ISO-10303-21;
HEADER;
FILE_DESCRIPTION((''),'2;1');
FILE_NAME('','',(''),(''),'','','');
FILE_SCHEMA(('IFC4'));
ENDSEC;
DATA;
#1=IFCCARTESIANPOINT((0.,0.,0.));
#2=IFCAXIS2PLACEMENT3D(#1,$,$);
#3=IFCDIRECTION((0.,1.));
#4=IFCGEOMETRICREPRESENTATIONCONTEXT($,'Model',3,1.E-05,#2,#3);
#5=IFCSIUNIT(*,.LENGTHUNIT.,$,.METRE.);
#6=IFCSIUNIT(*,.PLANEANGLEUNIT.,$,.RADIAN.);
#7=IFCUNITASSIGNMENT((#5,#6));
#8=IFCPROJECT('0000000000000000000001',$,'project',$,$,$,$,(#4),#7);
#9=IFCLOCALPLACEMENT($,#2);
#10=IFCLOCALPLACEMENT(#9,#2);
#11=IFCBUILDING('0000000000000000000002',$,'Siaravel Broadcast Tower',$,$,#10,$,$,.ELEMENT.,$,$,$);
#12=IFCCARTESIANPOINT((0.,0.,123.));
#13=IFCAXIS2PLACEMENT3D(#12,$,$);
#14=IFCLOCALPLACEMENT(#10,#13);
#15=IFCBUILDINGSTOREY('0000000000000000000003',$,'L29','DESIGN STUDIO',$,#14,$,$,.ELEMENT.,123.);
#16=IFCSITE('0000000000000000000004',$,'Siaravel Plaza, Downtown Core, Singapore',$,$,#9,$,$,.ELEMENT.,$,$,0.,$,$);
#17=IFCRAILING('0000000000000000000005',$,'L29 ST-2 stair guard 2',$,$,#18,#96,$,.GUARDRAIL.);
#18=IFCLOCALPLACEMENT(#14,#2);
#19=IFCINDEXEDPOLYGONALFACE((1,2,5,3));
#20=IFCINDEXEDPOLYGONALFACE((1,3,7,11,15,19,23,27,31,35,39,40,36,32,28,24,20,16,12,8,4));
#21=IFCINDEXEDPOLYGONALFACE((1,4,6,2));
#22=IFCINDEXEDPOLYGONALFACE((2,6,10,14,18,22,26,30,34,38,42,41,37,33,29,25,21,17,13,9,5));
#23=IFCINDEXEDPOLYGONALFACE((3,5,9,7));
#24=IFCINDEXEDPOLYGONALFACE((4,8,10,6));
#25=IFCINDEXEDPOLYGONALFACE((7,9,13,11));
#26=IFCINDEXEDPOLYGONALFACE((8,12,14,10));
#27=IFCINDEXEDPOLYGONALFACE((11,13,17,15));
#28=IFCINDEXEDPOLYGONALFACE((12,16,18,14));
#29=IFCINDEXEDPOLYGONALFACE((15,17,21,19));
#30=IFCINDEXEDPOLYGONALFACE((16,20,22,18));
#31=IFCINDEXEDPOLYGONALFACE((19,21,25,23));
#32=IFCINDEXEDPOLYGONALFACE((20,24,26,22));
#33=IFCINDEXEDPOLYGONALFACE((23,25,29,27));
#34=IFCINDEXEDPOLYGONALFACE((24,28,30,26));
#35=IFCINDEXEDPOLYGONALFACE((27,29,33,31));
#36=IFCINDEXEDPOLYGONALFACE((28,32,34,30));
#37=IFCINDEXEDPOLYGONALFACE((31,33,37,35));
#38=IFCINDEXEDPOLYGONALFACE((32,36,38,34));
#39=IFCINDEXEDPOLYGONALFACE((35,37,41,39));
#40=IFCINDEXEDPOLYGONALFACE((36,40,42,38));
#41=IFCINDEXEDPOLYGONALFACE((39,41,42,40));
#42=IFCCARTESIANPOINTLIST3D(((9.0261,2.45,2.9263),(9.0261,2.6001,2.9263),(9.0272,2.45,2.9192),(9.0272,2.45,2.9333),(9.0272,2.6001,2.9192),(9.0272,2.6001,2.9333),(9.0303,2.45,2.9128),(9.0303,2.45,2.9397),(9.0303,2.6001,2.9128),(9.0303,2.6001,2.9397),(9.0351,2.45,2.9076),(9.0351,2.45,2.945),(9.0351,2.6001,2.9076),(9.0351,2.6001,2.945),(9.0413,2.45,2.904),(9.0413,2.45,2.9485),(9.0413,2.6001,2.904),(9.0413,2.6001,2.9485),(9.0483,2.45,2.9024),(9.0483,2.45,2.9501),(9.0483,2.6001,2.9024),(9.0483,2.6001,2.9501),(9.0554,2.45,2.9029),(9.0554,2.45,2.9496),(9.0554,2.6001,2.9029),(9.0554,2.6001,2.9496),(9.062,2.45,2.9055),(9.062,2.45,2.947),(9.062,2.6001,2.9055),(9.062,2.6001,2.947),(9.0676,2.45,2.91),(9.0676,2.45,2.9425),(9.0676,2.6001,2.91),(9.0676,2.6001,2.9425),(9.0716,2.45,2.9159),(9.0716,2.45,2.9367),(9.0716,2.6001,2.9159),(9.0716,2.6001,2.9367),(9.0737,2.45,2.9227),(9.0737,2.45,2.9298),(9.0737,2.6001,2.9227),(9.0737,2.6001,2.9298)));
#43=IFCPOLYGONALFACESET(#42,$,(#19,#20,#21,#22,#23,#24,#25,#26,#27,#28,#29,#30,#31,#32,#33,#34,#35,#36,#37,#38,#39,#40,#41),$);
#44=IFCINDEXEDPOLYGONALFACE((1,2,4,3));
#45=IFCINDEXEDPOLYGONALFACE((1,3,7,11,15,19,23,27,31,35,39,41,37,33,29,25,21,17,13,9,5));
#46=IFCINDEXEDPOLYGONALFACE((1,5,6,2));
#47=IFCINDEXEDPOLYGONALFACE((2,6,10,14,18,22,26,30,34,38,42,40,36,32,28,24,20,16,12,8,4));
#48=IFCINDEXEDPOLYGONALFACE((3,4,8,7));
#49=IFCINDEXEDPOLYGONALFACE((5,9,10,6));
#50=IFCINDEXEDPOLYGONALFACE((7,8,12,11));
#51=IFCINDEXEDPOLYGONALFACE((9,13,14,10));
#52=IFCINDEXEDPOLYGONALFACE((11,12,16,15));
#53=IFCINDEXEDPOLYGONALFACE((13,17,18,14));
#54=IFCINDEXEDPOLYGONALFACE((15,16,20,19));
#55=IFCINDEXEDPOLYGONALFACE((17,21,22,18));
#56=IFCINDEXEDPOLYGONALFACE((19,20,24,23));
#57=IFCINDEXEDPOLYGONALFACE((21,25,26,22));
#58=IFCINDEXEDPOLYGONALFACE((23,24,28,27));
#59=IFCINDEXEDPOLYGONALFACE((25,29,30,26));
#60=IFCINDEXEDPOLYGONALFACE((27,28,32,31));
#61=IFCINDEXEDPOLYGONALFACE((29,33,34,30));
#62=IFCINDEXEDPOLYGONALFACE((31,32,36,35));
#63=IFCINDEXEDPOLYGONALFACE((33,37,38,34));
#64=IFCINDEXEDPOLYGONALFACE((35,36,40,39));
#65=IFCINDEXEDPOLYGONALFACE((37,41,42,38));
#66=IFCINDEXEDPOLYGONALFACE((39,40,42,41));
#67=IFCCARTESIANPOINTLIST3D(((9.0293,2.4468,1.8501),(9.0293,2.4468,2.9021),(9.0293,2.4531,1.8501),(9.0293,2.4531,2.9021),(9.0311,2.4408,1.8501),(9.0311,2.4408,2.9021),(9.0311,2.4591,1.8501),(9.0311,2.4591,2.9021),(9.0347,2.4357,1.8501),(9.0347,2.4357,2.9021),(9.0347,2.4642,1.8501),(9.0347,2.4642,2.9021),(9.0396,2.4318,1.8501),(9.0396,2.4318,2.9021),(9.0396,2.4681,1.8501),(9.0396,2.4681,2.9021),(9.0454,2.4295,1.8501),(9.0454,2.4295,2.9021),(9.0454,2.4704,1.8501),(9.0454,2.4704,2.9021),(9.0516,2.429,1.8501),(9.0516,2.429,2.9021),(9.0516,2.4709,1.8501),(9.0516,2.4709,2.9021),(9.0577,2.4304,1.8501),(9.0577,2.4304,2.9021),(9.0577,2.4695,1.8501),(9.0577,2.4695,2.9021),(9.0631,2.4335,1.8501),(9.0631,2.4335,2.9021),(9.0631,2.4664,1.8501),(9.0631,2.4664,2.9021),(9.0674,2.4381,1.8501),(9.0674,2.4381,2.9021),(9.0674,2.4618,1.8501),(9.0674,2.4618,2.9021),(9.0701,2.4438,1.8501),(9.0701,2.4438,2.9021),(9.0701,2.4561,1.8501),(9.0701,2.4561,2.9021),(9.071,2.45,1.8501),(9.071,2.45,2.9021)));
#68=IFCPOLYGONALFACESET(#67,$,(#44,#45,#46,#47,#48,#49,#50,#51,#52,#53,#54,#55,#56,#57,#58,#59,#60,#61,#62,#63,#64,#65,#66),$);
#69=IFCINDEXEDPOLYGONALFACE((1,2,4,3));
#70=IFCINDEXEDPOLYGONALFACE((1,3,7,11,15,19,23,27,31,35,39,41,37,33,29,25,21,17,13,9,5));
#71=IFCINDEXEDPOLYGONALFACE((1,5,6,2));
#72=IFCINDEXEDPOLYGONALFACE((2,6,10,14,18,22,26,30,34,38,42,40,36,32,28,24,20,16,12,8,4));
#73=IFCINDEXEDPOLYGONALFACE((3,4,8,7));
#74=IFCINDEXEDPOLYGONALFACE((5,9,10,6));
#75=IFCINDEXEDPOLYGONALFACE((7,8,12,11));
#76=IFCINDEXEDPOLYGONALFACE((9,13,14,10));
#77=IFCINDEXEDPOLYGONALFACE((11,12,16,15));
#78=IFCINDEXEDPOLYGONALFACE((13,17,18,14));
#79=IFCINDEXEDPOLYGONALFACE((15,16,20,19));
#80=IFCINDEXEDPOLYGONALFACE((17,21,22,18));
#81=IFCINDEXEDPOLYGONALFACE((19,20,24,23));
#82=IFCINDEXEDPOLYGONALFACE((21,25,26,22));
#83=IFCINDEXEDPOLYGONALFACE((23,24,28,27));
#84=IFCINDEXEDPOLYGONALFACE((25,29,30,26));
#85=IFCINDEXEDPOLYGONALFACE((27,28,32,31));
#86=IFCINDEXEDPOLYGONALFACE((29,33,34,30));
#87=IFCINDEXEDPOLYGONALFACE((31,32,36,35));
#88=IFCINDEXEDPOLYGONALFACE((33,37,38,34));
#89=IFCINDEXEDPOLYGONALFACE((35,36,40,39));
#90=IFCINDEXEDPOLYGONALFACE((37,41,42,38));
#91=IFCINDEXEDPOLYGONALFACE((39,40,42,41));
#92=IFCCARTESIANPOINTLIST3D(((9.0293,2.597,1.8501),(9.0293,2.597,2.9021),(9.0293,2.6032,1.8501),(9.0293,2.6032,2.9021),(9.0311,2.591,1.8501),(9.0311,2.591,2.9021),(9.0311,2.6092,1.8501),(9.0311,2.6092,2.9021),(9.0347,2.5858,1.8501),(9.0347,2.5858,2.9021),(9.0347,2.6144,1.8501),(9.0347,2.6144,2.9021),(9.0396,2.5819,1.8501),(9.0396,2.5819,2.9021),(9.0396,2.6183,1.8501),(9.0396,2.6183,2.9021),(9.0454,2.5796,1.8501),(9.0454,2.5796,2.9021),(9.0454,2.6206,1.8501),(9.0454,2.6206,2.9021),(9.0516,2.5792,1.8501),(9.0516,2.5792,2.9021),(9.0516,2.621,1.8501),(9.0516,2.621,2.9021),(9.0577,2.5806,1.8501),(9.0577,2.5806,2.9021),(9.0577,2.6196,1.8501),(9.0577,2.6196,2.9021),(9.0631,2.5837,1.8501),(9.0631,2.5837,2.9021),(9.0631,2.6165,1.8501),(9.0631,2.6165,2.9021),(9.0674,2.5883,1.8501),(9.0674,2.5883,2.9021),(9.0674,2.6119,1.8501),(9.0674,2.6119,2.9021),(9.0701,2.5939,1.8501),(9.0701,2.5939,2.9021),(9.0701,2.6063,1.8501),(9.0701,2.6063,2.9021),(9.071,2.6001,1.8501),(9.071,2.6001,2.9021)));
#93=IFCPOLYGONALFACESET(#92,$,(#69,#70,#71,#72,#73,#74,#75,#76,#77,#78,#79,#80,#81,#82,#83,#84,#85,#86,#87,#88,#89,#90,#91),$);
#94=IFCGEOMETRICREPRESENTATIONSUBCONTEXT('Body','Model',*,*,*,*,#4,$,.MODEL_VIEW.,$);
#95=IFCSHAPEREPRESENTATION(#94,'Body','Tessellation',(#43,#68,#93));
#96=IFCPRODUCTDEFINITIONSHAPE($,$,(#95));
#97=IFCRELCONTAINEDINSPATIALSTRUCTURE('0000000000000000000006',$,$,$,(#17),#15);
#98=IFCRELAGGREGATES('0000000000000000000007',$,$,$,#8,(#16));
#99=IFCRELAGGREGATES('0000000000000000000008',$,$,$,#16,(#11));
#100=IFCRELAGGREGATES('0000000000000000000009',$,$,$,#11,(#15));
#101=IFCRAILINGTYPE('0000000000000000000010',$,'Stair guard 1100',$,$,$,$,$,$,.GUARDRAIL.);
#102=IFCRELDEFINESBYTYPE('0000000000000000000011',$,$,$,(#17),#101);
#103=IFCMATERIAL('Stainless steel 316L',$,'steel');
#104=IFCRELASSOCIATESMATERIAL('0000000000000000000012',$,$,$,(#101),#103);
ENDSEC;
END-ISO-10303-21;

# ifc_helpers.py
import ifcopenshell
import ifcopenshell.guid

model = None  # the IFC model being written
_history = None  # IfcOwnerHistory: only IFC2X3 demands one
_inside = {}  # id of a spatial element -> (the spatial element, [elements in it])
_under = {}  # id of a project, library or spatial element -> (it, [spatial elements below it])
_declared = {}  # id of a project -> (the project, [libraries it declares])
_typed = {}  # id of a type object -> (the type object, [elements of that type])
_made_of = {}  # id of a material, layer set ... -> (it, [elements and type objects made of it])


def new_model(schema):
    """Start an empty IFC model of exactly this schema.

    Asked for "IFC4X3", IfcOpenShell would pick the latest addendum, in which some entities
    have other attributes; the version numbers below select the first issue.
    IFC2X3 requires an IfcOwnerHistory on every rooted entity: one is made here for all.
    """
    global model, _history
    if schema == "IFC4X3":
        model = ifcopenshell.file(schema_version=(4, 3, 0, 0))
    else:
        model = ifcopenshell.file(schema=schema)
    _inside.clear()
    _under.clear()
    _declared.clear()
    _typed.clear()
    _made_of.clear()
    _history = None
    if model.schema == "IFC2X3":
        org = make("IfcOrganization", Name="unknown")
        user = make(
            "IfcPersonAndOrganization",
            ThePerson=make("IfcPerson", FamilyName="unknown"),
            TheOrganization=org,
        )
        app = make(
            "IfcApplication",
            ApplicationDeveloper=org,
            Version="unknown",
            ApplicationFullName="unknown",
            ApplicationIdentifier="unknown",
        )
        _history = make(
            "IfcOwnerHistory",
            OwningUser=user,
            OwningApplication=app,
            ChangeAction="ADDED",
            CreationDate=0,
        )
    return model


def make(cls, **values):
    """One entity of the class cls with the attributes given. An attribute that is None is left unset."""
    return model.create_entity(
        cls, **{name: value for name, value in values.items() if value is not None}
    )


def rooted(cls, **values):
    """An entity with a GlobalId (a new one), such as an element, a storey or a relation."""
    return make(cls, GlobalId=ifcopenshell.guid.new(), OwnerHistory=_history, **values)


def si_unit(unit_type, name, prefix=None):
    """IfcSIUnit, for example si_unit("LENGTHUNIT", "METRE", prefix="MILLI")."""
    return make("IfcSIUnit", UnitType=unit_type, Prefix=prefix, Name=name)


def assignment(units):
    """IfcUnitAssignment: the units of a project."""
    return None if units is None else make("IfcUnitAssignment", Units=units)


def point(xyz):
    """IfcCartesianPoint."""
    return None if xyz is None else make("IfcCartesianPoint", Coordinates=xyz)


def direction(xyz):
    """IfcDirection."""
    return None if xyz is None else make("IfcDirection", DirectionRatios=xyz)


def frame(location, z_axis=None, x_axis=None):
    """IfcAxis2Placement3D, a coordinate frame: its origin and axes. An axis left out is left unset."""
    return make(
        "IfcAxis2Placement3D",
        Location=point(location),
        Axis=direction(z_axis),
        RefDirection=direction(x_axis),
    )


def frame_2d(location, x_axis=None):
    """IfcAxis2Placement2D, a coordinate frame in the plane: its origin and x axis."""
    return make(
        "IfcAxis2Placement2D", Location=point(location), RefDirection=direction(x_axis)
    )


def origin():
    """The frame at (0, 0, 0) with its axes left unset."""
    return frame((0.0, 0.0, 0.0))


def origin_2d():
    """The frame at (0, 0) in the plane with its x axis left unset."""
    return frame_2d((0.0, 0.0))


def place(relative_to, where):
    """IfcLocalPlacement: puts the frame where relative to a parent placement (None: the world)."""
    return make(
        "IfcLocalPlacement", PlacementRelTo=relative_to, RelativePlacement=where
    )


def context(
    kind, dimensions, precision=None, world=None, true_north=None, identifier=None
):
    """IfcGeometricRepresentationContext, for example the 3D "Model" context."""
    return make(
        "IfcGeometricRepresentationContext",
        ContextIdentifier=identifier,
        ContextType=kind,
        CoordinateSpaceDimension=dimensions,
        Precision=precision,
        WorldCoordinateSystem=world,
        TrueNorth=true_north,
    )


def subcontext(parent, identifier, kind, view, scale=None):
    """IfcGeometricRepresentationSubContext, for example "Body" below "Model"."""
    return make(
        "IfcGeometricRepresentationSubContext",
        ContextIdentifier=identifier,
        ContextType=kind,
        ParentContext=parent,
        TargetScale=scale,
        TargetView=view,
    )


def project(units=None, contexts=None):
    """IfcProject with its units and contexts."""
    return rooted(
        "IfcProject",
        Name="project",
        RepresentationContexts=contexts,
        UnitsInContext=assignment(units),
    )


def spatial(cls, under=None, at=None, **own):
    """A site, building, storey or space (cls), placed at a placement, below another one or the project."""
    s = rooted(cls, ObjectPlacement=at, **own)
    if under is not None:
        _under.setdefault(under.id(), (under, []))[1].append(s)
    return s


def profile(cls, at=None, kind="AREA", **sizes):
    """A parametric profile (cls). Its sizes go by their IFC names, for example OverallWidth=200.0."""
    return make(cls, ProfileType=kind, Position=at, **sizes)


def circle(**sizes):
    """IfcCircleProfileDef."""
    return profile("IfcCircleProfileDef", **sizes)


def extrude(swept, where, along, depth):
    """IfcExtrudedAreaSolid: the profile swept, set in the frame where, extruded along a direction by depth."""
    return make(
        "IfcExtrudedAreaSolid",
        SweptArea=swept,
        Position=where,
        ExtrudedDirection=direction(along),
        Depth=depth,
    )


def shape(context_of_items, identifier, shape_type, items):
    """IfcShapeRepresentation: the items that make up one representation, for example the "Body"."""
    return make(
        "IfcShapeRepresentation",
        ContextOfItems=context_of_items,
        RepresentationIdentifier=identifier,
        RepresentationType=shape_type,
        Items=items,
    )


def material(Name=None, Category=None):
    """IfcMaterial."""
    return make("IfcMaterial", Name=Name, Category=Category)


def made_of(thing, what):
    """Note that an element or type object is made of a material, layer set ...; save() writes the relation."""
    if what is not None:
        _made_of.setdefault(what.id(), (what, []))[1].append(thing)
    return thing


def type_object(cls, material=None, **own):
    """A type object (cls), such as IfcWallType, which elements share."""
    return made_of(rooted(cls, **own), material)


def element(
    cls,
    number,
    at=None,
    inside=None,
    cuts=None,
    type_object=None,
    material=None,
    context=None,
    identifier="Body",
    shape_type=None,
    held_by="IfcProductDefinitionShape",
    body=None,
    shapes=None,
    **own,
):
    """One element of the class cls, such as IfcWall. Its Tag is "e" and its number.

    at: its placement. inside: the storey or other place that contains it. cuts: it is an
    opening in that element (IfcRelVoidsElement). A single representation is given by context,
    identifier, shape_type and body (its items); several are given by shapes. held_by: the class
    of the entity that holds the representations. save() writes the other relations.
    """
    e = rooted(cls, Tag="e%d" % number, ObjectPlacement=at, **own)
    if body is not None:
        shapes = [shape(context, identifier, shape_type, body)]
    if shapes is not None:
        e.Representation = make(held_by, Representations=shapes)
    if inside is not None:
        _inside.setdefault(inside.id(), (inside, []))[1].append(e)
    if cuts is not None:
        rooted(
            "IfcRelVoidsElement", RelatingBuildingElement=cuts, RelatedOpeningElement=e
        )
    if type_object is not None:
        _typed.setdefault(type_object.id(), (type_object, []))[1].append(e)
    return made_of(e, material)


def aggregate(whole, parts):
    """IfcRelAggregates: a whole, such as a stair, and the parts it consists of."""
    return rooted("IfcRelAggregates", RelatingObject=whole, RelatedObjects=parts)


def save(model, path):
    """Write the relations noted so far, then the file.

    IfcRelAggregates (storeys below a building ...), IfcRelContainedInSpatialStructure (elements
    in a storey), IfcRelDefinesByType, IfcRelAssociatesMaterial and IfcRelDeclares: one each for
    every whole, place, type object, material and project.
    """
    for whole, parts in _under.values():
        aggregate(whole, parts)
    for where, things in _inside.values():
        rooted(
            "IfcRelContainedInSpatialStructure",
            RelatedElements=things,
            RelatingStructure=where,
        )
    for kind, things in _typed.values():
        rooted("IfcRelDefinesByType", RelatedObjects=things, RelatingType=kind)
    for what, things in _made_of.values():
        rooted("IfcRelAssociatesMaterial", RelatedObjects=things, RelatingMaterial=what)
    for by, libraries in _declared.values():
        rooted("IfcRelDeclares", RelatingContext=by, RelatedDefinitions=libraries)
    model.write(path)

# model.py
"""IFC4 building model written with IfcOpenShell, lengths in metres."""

from ifc_helpers import new_model, si_unit, direction, frame, origin, origin_2d, place, context, subcontext, project, spatial, circle, extrude, material, type_object, element, save


model = new_model("IFC4")

# Units and contexts
model_context = context("Model", 3, precision=1e-05, world=origin(), true_north=direction((0.0, 1.0)))
body_context = subcontext(model_context, "Body", "Model", "MODEL_VIEW")
ifc_project = project(units=[si_unit("LENGTHUNIT", "METRE"), si_unit("PLANEANGLEUNIT", "RADIAN")], contexts=[model_context])

# Site, building, storey
site_placement = place(None, origin())
site = spatial("IfcSite", under=ifc_project, at=site_placement, Name="Siaravel Plaza, Downtown Core, Singapore", CompositionType="ELEMENT", RefElevation=0.0)
building_placement = place(site_placement, origin())
building = spatial("IfcBuilding", under=site, at=building_placement, Name="Siaravel Broadcast Tower", CompositionType="ELEMENT")
storey_placement = place(building_placement, frame((0.0, 0.0, 123.0)))
storey = spatial("IfcBuildingStorey", under=building, at=storey_placement, Name="L29", Description="DESIGN STUDIO", CompositionType="ELEMENT", Elevation=123.0)

# Railing
ifc_material_1 = material(Name="Stainless steel 316L", Category="steel")
railing_type_1 = type_object("IfcRailingType", Name="Stair guard 1100", PredefinedType="GUARDRAIL", material=ifc_material_1)
railing_1_placement = place(storey_placement, frame((9.05, 2.45, 1.8501)))
element("IfcRailing", 1, at=railing_1_placement, inside=storey, type_object=railing_type_1, Name="L29 ST-2 stair guard 2", PredefinedType="GUARDRAIL", context=body_context, shape_type="SweptSolid", body=[
    extrude(circle(Radius=0.0239, at=origin_2d()), frame((0.0, 0.0, 1.0762), z_axis=(0.0, 1.0, 0.0), x_axis=(-1.0, 0.0, 0.0)), (0.0, 0.0, 1.0), 0.1501),
    extrude(circle(Radius=0.021, at=origin_2d()), origin(), (0.0, 0.0, 1.0), 1.052),
    extrude(circle(Radius=0.021, at=origin_2d()), frame((0.0, 0.1501, 0.0)), (0.0, 0.0, 1.0), 1.052),
])

save(model, "model.ifc")
